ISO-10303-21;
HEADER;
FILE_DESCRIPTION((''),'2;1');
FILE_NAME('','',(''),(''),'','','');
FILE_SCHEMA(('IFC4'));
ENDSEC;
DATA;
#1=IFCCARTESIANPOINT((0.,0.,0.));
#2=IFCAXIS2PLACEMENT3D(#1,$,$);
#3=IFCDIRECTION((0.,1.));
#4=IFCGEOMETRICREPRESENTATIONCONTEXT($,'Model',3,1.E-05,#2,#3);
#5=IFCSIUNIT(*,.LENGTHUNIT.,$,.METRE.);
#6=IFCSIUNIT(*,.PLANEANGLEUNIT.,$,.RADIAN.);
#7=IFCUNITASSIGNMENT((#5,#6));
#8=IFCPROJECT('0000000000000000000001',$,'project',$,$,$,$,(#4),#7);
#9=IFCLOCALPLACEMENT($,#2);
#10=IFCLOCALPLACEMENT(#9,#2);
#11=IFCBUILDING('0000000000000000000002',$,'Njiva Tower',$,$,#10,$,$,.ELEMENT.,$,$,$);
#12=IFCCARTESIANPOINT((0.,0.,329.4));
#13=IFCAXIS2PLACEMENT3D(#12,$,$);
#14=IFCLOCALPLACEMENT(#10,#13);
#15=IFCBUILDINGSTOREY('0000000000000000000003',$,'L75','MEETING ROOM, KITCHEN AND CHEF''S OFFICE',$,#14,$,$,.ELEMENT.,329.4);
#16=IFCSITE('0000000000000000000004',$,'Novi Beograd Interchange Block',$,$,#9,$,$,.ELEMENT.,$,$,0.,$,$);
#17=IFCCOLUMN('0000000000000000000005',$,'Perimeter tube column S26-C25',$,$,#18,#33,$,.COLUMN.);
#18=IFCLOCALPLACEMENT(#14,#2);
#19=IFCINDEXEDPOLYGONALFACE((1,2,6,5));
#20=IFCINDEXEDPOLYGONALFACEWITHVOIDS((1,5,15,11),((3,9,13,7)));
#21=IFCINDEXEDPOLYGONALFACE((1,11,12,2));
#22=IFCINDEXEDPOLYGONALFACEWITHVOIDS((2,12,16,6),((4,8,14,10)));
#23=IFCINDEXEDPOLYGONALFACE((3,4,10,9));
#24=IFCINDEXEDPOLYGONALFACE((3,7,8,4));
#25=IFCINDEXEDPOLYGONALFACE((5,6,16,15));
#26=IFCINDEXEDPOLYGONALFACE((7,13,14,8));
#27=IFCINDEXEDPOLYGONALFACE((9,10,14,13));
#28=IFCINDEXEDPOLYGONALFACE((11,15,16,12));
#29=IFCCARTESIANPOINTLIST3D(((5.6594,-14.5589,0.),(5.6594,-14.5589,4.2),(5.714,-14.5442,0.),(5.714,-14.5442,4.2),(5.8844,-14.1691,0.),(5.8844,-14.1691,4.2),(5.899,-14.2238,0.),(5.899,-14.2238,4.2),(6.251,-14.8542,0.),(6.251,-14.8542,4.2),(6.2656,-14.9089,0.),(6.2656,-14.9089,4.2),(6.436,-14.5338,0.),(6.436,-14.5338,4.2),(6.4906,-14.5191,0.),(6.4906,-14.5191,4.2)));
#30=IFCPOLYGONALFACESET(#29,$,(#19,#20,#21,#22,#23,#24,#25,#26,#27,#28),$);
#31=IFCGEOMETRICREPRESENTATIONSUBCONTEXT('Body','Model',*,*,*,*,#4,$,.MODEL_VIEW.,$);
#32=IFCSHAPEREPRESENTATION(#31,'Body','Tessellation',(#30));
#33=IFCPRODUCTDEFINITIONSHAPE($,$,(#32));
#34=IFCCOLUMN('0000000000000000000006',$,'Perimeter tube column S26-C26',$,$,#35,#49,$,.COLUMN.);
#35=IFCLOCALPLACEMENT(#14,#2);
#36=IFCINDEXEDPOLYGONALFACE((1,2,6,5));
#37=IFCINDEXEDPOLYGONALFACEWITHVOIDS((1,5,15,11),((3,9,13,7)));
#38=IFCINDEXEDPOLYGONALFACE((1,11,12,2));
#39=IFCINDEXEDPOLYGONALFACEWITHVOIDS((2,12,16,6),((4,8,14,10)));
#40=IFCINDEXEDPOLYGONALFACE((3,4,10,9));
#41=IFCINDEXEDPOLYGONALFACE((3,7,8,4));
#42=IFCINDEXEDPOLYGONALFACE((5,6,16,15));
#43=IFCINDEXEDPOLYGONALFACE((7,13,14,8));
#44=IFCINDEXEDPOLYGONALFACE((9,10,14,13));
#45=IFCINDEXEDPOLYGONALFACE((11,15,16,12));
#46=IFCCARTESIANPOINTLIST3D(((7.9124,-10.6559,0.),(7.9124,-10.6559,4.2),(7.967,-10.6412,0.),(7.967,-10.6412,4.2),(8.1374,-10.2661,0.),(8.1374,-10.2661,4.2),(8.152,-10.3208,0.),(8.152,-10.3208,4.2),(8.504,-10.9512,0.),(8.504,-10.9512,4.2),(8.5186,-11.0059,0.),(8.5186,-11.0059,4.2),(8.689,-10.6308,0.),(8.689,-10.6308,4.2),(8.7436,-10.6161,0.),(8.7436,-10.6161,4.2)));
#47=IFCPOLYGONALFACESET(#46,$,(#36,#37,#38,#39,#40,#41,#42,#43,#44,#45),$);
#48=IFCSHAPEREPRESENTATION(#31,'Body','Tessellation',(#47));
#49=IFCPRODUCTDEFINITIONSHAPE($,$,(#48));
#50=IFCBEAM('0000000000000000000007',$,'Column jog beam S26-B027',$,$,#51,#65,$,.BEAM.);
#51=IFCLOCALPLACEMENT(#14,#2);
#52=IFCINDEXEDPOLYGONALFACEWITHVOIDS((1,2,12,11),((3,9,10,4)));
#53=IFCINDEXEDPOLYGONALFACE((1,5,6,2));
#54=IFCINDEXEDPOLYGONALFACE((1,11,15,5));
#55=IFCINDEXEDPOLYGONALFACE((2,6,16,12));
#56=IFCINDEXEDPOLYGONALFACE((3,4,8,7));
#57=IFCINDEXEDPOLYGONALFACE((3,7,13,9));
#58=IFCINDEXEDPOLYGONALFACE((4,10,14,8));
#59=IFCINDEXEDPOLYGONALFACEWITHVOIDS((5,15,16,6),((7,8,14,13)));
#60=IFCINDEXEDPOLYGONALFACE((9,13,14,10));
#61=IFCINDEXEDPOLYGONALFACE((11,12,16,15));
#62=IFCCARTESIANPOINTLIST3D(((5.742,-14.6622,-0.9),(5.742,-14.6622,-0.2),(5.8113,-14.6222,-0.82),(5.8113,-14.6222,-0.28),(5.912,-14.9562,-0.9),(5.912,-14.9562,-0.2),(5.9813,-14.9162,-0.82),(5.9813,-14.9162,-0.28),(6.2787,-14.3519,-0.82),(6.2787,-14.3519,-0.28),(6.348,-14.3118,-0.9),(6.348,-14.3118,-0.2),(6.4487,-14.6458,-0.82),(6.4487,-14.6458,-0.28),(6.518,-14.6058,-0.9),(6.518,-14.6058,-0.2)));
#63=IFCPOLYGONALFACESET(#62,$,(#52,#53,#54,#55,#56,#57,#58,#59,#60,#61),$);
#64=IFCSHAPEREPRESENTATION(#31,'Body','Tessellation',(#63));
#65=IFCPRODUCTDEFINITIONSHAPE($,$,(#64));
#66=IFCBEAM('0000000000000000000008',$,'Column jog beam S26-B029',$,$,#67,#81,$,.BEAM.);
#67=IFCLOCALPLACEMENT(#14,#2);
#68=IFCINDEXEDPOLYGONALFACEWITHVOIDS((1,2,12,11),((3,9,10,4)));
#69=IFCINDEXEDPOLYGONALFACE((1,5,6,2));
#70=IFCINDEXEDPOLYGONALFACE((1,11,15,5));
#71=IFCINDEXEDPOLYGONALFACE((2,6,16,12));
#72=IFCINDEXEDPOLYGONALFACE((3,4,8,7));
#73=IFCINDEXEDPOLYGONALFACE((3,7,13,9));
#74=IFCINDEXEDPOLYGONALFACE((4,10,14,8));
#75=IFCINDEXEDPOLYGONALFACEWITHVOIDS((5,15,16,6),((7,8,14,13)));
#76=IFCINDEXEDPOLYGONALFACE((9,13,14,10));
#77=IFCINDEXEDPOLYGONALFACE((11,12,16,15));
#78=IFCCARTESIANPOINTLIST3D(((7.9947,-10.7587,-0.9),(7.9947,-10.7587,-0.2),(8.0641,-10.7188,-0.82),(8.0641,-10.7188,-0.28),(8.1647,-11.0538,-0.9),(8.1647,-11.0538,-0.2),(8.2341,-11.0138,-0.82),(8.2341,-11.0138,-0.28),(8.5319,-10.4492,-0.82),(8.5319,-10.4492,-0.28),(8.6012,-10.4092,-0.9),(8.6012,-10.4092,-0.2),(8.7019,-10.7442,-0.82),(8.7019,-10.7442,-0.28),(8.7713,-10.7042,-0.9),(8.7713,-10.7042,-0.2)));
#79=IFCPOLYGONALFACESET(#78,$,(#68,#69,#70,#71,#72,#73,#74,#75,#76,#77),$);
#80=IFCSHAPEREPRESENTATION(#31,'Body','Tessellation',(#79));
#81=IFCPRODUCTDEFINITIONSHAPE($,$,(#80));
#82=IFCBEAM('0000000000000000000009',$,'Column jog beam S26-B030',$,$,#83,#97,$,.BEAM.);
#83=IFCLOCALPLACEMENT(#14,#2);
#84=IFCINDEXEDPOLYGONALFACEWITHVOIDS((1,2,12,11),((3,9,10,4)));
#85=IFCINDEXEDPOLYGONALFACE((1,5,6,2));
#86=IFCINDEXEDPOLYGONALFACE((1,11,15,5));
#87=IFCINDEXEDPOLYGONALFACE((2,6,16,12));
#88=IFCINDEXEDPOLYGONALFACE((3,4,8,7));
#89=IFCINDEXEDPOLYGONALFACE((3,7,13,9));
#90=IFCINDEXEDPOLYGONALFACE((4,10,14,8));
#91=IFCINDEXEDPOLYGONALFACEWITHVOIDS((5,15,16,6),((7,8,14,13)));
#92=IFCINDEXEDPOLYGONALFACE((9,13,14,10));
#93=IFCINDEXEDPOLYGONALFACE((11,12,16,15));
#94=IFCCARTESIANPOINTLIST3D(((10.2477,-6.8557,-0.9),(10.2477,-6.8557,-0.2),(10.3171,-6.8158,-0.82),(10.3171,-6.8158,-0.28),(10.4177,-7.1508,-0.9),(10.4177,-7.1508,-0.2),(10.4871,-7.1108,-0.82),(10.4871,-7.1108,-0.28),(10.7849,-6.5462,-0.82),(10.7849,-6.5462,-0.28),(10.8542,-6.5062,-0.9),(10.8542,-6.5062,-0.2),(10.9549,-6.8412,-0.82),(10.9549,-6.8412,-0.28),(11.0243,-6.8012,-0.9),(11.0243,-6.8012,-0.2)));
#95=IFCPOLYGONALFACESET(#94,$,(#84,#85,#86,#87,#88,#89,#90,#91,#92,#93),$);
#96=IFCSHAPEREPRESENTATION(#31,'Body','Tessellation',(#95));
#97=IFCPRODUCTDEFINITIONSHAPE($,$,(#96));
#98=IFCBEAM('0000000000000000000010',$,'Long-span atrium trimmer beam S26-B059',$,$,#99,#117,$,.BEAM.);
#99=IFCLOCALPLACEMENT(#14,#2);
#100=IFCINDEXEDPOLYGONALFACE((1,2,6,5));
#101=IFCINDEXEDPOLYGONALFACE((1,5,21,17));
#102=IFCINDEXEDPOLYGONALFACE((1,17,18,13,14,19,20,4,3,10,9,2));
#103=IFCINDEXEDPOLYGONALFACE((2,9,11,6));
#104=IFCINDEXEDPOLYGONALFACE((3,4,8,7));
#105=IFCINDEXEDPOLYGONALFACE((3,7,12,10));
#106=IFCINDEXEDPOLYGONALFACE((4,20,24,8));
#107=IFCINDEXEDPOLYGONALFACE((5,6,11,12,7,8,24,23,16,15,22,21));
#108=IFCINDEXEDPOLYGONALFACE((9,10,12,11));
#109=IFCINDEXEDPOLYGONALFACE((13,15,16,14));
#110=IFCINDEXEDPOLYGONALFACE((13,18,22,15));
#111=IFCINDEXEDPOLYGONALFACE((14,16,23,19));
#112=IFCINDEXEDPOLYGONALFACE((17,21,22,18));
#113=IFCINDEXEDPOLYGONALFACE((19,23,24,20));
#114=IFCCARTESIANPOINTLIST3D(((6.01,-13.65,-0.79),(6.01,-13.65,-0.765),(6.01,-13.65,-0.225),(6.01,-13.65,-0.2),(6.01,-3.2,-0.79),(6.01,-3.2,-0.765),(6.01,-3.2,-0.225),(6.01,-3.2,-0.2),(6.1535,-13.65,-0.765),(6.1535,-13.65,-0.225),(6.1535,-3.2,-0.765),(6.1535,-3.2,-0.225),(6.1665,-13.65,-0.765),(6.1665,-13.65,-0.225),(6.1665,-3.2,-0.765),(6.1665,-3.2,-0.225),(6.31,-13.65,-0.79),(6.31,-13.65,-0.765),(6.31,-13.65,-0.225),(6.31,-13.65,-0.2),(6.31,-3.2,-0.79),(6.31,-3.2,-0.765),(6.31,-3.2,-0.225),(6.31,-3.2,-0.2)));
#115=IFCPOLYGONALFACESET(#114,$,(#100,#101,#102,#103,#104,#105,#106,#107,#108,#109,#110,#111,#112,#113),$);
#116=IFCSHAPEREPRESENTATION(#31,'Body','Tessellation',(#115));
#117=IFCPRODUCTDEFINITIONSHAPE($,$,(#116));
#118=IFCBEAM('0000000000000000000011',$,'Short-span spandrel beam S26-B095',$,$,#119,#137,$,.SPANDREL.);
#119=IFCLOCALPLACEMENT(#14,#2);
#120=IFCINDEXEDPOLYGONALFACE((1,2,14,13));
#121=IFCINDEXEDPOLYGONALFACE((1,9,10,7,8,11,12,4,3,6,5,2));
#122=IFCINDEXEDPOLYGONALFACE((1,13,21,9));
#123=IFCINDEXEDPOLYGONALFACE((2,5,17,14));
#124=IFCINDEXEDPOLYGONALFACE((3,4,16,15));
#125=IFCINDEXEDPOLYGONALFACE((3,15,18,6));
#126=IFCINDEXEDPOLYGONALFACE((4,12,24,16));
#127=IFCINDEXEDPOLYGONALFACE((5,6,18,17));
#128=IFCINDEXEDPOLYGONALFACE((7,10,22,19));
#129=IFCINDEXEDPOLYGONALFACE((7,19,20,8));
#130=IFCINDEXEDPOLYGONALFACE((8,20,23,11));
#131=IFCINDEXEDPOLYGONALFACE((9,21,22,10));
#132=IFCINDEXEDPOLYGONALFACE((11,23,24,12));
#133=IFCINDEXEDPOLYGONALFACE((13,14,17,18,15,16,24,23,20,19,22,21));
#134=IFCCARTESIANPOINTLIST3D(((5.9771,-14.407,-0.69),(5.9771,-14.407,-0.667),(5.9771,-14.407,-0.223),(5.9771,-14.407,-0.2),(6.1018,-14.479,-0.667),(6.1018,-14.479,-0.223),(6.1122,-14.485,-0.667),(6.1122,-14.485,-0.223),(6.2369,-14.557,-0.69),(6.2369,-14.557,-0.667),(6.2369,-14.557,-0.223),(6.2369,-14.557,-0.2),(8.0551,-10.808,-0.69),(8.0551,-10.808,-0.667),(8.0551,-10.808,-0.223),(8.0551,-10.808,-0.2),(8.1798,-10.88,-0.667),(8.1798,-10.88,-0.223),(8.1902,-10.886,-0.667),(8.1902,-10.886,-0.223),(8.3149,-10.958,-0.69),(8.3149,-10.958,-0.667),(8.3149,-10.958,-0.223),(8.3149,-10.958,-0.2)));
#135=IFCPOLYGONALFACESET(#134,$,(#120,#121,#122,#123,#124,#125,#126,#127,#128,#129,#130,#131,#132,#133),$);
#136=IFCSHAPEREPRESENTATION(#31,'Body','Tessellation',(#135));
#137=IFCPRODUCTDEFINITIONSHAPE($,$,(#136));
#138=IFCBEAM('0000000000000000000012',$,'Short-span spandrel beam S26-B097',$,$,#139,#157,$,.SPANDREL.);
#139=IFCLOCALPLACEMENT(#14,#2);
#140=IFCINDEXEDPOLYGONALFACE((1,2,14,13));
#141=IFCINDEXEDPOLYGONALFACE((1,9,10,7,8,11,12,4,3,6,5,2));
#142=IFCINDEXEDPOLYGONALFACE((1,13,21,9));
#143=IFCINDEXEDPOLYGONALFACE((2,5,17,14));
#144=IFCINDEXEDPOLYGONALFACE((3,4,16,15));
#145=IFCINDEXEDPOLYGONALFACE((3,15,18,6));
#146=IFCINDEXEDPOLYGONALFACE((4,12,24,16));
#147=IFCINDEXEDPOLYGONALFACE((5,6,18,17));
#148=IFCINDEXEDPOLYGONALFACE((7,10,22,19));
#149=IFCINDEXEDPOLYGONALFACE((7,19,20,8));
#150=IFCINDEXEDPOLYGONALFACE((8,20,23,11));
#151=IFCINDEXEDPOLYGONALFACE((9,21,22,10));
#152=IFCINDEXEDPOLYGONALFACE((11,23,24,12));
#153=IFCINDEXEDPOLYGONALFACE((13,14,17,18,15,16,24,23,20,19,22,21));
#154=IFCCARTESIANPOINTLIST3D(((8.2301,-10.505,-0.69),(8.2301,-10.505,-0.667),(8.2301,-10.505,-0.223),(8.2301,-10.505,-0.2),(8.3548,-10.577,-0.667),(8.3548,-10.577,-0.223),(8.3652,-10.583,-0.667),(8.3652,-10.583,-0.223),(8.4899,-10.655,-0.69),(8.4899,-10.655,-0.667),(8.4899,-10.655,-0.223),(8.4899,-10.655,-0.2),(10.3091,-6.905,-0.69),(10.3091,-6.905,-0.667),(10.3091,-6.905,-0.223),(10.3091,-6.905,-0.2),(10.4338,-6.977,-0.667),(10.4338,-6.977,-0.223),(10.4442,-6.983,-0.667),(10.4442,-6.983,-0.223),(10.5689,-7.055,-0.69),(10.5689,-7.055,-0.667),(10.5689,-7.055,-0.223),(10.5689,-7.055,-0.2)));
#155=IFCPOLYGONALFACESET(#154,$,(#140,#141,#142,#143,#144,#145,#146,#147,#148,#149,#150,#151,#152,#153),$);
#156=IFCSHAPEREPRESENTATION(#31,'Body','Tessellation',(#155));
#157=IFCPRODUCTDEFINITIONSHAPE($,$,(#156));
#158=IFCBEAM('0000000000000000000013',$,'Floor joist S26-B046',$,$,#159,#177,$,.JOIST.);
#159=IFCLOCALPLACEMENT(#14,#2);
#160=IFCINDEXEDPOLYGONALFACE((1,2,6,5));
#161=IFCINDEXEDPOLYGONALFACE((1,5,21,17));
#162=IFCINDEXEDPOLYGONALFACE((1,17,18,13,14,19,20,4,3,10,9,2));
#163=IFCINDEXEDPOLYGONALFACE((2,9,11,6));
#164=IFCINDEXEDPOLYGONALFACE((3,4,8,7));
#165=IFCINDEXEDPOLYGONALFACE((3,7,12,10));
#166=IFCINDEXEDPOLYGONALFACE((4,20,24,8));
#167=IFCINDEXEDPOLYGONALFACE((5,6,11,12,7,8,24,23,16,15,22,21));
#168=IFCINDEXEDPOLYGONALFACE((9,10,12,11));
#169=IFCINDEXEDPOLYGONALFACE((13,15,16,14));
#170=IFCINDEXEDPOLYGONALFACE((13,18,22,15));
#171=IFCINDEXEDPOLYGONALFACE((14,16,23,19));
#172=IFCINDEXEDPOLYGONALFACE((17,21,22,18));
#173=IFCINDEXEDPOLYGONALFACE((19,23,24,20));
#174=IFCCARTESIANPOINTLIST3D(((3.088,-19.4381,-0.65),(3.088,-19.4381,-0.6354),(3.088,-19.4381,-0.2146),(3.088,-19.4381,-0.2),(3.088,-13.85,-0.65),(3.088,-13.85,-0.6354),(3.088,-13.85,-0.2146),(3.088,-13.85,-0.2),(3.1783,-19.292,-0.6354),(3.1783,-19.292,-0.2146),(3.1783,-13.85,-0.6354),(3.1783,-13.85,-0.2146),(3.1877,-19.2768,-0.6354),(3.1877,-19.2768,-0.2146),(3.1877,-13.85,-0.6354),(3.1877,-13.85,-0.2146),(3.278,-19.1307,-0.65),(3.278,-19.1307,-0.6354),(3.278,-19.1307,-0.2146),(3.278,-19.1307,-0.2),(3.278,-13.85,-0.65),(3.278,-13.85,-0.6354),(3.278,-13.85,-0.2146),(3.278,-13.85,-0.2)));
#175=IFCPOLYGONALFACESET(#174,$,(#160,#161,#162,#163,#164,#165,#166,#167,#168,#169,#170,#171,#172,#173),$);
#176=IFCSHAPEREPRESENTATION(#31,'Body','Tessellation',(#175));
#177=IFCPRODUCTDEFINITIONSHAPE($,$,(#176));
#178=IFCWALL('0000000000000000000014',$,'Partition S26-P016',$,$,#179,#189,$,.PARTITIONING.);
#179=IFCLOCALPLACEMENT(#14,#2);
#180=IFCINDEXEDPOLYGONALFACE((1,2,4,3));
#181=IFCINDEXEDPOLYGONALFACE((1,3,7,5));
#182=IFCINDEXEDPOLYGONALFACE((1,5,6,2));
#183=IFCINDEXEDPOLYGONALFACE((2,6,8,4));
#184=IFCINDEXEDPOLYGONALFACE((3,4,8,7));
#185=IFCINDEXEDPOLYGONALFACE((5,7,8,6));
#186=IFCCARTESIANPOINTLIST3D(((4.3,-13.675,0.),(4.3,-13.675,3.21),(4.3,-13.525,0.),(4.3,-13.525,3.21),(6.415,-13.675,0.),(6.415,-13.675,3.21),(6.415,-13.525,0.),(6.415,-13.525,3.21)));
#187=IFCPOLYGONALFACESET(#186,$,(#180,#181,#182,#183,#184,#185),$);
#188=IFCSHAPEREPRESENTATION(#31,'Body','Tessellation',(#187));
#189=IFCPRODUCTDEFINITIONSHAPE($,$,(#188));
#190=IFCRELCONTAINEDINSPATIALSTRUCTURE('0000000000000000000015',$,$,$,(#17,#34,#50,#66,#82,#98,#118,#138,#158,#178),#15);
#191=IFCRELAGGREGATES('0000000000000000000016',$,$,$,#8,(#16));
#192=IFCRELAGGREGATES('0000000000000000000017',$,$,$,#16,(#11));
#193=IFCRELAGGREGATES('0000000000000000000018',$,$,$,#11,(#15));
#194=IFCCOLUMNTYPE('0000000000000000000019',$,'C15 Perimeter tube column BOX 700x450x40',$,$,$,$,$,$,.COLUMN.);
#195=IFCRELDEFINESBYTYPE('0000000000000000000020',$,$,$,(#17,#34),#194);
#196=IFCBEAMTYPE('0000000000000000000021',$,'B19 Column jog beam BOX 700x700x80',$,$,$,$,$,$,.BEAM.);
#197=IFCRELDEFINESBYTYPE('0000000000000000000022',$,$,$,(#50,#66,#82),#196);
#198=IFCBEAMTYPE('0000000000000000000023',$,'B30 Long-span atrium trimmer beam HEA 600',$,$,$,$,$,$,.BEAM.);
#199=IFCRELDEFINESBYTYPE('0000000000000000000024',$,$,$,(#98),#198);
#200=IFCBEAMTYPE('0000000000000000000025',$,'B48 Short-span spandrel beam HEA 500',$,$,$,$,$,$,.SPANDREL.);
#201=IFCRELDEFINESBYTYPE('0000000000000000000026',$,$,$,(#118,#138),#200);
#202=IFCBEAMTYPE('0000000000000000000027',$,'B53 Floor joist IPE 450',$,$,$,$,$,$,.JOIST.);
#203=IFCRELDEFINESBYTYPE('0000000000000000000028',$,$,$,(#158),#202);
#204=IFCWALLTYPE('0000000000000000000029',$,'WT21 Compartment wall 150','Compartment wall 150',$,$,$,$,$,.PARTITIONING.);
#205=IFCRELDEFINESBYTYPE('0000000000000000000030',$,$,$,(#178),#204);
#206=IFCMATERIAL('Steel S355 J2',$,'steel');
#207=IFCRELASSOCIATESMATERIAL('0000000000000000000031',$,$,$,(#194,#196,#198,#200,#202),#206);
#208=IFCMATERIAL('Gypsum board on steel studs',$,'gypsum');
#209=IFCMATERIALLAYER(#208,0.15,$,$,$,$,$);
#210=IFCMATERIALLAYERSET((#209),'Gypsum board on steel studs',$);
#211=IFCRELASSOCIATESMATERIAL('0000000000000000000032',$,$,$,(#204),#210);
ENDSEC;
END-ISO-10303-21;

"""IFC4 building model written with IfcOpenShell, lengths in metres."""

from ifc_helpers import new_model, si_unit, direction, frame, frame_2d, origin, origin_2d, place, context, subcontext, project, spatial, rectangle, hollow_rectangle, i_section, extrude, clip, halfspace, material, layer, layer_set, material_profile, profile_set, type_object, element, save


model = new_model("IFC4")

# Units and contexts
model_context = context("Model", 3, precision=1e-05, world=origin(), true_north=direction((0.0, 1.0)))
body_context = subcontext(model_context, "Body", "Model", "MODEL_VIEW")
ifc_project = project(units=[si_unit("LENGTHUNIT", "METRE"), si_unit("PLANEANGLEUNIT", "RADIAN")], contexts=[model_context])

# Site, building, storey
site_placement = place(None, origin())
site = spatial("IfcSite", under=ifc_project, at=site_placement, Name="Novi Beograd Interchange Block", CompositionType="ELEMENT", RefElevation=0.0)
building_placement = place(site_placement, origin())
building = spatial("IfcBuilding", under=site, at=building_placement, Name="Njiva Tower", CompositionType="ELEMENT")
storey_placement = place(building_placement, frame((0.0, 0.0, 329.4)))
storey = spatial("IfcBuildingStorey", under=building, at=storey_placement, Name="L75", Description="MEETING ROOM, KITCHEN AND CHEF'S OFFICE", CompositionType="ELEMENT", Elevation=329.4)

# Columns
ifc_material_1 = material(Name="Steel S355 J2", Category="steel")
ifc_material_profile_1 = material_profile(ifc_material_1, hollow_rectangle(XDim=0.45, YDim=0.7, WallThickness=0.04, at=origin_2d()), Name="BOX 700x450x40")
ifc_profile_set_1 = profile_set([ifc_material_profile_1], Name="Steel S355 J2")
column_type = type_object("IfcColumnType", Name="C15 Perimeter tube column BOX 700x450x40", PredefinedType="COLUMN", material=ifc_profile_set_1)
for number, where, z_axis, x_axis, name in (
    (1, (6.075, -14.539, 0.0), (0.0, 0.0, 1.0), (0.5, 0.866025, 0.0), "Perimeter tube column S26-C25"),
    (2, (8.328, -10.636, 0.0), (0.0, 0.0, 1.0), (0.5, 0.866025, 0.0), "Perimeter tube column S26-C26"),
):
    element("IfcColumn", number, at=place(storey_placement, frame(where, z_axis=z_axis, x_axis=x_axis)), inside=storey, type_object=column_type, Name=name, PredefinedType="COLUMN", context=body_context, shape_type="SweptSolid", body=[
        extrude(hollow_rectangle(XDim=0.45, YDim=0.7, WallThickness=0.04, at=origin_2d()), origin(), (0.0, 0.0, 1.0), 4.2),
    ])

# Beams
ifc_material_profile_2 = material_profile(ifc_material_1, hollow_rectangle(XDim=0.7, YDim=0.7, WallThickness=0.08, at=origin_2d()), Name="BOX 700x700x80")
ifc_profile_set_2 = profile_set([ifc_material_profile_2], Name="Steel S355 J2")
beam_type_1 = type_object("IfcBeamType", Name="B19 Column jog beam BOX 700x700x80", PredefinedType="BEAM", material=ifc_profile_set_2)
beam_1_placement = place(storey_placement, frame((6.215, -14.781, -0.55), z_axis=(-0.500572, 0.865695, 0.0), x_axis=(-0.865695, -0.500572, 0.0)))
element("IfcBeam", 3, at=beam_1_placement, inside=storey, type_object=beam_type_1, Name="Column jog beam S26-B027", PredefinedType="BEAM", context=body_context, shape_type="SweptSolid", body=[
    extrude(hollow_rectangle(XDim=0.7, YDim=0.7, WallThickness=0.08, at=origin_2d()), origin(), (0.0, 0.0, 1.0), 0.3396),
])
for number, where, z_axis, x_axis, name in (
    (4, (8.468, -10.879, -0.55), (-0.499299, 0.86643, 0.0), (-0.86643, -0.499299, 0.0), "Column jog beam S26-B029"),
    (5, (10.721, -6.976, -0.55), (-0.499299, 0.86643, 0.0), (-0.86643, -0.499299, 0.0), "Column jog beam S26-B030"),
):
    element("IfcBeam", number, at=place(storey_placement, frame(where, z_axis=z_axis, x_axis=x_axis)), inside=storey, type_object=beam_type_1, Name=name, PredefinedType="BEAM", context=body_context, shape_type="SweptSolid", body=[
        extrude(hollow_rectangle(XDim=0.7, YDim=0.7, WallThickness=0.08, at=origin_2d()), origin(), (0.0, 0.0, 1.0), 0.3405),
    ])
ifc_material_profile_3 = material_profile(ifc_material_1, i_section(OverallWidth=0.3, OverallDepth=0.59, WebThickness=0.013, FlangeThickness=0.025, at=origin_2d()), Name="HEA 600")
ifc_profile_set_3 = profile_set([ifc_material_profile_3], Name="Steel S355 J2")
beam_type_2 = type_object("IfcBeamType", Name="B30 Long-span atrium trimmer beam HEA 600", PredefinedType="BEAM", material=ifc_profile_set_3)
beam_2_placement = place(storey_placement, frame((6.16, -13.65, -0.495), z_axis=(0.0, 1.0, 0.0), x_axis=(-1.0, 0.0, 0.0)))
element("IfcBeam", 6, at=beam_2_placement, inside=storey, type_object=beam_type_2, Name="Long-span atrium trimmer beam S26-B059", PredefinedType="BEAM", context=body_context, shape_type="SweptSolid", body=[
    extrude(i_section(OverallWidth=0.3, OverallDepth=0.59, WebThickness=0.013, FlangeThickness=0.025, at=origin_2d()), origin(), (0.0, 0.0, 1.0), 10.45),
])
ifc_material_profile_4 = material_profile(ifc_material_1, i_section(OverallWidth=0.3, OverallDepth=0.49, WebThickness=0.012, FlangeThickness=0.023, at=origin_2d()), Name="HEA 500")
ifc_profile_set_4 = profile_set([ifc_material_profile_4], Name="Steel S355 J2")
beam_type_3 = type_object("IfcBeamType", Name="B48 Short-span spandrel beam HEA 500", PredefinedType="SPANDREL", material=ifc_profile_set_4)
beam_3_placement = place(storey_placement, frame((6.107, -14.482, -0.445), z_axis=(0.500021, 0.866013, 0.0), x_axis=(-0.866013, 0.500021, 0.0)))
element("IfcBeam", 7, at=beam_3_placement, inside=storey, type_object=beam_type_3, Name="Short-span spandrel beam S26-B095", PredefinedType="SPANDREL", context=body_context, shape_type="SweptSolid", body=[
    extrude(i_section(OverallWidth=0.3, OverallDepth=0.49, WebThickness=0.012, FlangeThickness=0.023, at=origin_2d()), origin(), (0.0, 0.0, 1.0), 4.1558),
])
beam_4_placement = place(storey_placement, frame((8.36, -10.58, -0.445), z_axis=(0.500097, 0.865969, 0.0), x_axis=(-0.865969, 0.500097, 0.0)))
element("IfcBeam", 8, at=beam_4_placement, inside=storey, type_object=beam_type_3, Name="Short-span spandrel beam S26-B097", PredefinedType="SPANDREL", context=body_context, shape_type="SweptSolid", body=[
    extrude(i_section(OverallWidth=0.3, OverallDepth=0.49, WebThickness=0.012, FlangeThickness=0.023, at=origin_2d()), origin(), (0.0, 0.0, 1.0), 4.1572),
])
ifc_material_profile_5 = material_profile(ifc_material_1, i_section(OverallWidth=0.19, OverallDepth=0.45, WebThickness=0.0094, FlangeThickness=0.0146, at=origin_2d()), Name="IPE 450")
ifc_profile_set_5 = profile_set([ifc_material_profile_5], Name="Steel S355 J2")
beam_type_4 = type_object("IfcBeamType", Name="B53 Floor joist IPE 450", PredefinedType="JOIST", material=ifc_profile_set_5)
beam_5_placement = place(storey_placement, frame((3.183, -13.85, -0.425), z_axis=(0.0, -1.0, 0.0), x_axis=(1.0, 0.0, 0.0)))
element("IfcBeam", 9, at=beam_5_placement, inside=storey, type_object=beam_type_4, Name="Floor joist S26-B046", PredefinedType="JOIST", context=body_context, shape_type="Clipping", body=[
    clip(extrude(i_section(OverallWidth=0.19, OverallDepth=0.45, WebThickness=0.0094, FlangeThickness=0.0146, at=origin_2d()), origin(), (0.0, 0.0, 1.0), 5.608), halfspace(frame((0.0429, 0.0, 5.365), z_axis=(0.850616, 0.0, 0.525788), x_axis=(0.0, 1.0, 0.0)), False)),
])

# Wall
ifc_material_2 = material(Name="Gypsum board on steel studs", Category="gypsum")
ifc_layer_1 = layer(ifc_material_2, 0.15)
ifc_layer_set_1 = layer_set([ifc_layer_1], Name="Gypsum board on steel studs")
wall_type_1 = type_object("IfcWallType", Name="WT21 Compartment wall 150", Description="Compartment wall 150", PredefinedType="PARTITIONING", material=ifc_layer_set_1)
wall_1_placement = place(storey_placement, frame((4.3, -13.6, 0.0), z_axis=(0.0, 0.0, 1.0), x_axis=(1.0, 0.0, 0.0)))
element("IfcWall", 10, at=wall_1_placement, inside=storey, type_object=wall_type_1, Name="Partition S26-P016", PredefinedType="PARTITIONING", context=body_context, shape_type="SweptSolid", body=[
    extrude(rectangle(XDim=2.115, YDim=0.15, at=frame_2d((1.0575, 0.0))), origin(), (0.0, 0.0, 1.0), 3.21),
])

save(model, "model.ifc")
